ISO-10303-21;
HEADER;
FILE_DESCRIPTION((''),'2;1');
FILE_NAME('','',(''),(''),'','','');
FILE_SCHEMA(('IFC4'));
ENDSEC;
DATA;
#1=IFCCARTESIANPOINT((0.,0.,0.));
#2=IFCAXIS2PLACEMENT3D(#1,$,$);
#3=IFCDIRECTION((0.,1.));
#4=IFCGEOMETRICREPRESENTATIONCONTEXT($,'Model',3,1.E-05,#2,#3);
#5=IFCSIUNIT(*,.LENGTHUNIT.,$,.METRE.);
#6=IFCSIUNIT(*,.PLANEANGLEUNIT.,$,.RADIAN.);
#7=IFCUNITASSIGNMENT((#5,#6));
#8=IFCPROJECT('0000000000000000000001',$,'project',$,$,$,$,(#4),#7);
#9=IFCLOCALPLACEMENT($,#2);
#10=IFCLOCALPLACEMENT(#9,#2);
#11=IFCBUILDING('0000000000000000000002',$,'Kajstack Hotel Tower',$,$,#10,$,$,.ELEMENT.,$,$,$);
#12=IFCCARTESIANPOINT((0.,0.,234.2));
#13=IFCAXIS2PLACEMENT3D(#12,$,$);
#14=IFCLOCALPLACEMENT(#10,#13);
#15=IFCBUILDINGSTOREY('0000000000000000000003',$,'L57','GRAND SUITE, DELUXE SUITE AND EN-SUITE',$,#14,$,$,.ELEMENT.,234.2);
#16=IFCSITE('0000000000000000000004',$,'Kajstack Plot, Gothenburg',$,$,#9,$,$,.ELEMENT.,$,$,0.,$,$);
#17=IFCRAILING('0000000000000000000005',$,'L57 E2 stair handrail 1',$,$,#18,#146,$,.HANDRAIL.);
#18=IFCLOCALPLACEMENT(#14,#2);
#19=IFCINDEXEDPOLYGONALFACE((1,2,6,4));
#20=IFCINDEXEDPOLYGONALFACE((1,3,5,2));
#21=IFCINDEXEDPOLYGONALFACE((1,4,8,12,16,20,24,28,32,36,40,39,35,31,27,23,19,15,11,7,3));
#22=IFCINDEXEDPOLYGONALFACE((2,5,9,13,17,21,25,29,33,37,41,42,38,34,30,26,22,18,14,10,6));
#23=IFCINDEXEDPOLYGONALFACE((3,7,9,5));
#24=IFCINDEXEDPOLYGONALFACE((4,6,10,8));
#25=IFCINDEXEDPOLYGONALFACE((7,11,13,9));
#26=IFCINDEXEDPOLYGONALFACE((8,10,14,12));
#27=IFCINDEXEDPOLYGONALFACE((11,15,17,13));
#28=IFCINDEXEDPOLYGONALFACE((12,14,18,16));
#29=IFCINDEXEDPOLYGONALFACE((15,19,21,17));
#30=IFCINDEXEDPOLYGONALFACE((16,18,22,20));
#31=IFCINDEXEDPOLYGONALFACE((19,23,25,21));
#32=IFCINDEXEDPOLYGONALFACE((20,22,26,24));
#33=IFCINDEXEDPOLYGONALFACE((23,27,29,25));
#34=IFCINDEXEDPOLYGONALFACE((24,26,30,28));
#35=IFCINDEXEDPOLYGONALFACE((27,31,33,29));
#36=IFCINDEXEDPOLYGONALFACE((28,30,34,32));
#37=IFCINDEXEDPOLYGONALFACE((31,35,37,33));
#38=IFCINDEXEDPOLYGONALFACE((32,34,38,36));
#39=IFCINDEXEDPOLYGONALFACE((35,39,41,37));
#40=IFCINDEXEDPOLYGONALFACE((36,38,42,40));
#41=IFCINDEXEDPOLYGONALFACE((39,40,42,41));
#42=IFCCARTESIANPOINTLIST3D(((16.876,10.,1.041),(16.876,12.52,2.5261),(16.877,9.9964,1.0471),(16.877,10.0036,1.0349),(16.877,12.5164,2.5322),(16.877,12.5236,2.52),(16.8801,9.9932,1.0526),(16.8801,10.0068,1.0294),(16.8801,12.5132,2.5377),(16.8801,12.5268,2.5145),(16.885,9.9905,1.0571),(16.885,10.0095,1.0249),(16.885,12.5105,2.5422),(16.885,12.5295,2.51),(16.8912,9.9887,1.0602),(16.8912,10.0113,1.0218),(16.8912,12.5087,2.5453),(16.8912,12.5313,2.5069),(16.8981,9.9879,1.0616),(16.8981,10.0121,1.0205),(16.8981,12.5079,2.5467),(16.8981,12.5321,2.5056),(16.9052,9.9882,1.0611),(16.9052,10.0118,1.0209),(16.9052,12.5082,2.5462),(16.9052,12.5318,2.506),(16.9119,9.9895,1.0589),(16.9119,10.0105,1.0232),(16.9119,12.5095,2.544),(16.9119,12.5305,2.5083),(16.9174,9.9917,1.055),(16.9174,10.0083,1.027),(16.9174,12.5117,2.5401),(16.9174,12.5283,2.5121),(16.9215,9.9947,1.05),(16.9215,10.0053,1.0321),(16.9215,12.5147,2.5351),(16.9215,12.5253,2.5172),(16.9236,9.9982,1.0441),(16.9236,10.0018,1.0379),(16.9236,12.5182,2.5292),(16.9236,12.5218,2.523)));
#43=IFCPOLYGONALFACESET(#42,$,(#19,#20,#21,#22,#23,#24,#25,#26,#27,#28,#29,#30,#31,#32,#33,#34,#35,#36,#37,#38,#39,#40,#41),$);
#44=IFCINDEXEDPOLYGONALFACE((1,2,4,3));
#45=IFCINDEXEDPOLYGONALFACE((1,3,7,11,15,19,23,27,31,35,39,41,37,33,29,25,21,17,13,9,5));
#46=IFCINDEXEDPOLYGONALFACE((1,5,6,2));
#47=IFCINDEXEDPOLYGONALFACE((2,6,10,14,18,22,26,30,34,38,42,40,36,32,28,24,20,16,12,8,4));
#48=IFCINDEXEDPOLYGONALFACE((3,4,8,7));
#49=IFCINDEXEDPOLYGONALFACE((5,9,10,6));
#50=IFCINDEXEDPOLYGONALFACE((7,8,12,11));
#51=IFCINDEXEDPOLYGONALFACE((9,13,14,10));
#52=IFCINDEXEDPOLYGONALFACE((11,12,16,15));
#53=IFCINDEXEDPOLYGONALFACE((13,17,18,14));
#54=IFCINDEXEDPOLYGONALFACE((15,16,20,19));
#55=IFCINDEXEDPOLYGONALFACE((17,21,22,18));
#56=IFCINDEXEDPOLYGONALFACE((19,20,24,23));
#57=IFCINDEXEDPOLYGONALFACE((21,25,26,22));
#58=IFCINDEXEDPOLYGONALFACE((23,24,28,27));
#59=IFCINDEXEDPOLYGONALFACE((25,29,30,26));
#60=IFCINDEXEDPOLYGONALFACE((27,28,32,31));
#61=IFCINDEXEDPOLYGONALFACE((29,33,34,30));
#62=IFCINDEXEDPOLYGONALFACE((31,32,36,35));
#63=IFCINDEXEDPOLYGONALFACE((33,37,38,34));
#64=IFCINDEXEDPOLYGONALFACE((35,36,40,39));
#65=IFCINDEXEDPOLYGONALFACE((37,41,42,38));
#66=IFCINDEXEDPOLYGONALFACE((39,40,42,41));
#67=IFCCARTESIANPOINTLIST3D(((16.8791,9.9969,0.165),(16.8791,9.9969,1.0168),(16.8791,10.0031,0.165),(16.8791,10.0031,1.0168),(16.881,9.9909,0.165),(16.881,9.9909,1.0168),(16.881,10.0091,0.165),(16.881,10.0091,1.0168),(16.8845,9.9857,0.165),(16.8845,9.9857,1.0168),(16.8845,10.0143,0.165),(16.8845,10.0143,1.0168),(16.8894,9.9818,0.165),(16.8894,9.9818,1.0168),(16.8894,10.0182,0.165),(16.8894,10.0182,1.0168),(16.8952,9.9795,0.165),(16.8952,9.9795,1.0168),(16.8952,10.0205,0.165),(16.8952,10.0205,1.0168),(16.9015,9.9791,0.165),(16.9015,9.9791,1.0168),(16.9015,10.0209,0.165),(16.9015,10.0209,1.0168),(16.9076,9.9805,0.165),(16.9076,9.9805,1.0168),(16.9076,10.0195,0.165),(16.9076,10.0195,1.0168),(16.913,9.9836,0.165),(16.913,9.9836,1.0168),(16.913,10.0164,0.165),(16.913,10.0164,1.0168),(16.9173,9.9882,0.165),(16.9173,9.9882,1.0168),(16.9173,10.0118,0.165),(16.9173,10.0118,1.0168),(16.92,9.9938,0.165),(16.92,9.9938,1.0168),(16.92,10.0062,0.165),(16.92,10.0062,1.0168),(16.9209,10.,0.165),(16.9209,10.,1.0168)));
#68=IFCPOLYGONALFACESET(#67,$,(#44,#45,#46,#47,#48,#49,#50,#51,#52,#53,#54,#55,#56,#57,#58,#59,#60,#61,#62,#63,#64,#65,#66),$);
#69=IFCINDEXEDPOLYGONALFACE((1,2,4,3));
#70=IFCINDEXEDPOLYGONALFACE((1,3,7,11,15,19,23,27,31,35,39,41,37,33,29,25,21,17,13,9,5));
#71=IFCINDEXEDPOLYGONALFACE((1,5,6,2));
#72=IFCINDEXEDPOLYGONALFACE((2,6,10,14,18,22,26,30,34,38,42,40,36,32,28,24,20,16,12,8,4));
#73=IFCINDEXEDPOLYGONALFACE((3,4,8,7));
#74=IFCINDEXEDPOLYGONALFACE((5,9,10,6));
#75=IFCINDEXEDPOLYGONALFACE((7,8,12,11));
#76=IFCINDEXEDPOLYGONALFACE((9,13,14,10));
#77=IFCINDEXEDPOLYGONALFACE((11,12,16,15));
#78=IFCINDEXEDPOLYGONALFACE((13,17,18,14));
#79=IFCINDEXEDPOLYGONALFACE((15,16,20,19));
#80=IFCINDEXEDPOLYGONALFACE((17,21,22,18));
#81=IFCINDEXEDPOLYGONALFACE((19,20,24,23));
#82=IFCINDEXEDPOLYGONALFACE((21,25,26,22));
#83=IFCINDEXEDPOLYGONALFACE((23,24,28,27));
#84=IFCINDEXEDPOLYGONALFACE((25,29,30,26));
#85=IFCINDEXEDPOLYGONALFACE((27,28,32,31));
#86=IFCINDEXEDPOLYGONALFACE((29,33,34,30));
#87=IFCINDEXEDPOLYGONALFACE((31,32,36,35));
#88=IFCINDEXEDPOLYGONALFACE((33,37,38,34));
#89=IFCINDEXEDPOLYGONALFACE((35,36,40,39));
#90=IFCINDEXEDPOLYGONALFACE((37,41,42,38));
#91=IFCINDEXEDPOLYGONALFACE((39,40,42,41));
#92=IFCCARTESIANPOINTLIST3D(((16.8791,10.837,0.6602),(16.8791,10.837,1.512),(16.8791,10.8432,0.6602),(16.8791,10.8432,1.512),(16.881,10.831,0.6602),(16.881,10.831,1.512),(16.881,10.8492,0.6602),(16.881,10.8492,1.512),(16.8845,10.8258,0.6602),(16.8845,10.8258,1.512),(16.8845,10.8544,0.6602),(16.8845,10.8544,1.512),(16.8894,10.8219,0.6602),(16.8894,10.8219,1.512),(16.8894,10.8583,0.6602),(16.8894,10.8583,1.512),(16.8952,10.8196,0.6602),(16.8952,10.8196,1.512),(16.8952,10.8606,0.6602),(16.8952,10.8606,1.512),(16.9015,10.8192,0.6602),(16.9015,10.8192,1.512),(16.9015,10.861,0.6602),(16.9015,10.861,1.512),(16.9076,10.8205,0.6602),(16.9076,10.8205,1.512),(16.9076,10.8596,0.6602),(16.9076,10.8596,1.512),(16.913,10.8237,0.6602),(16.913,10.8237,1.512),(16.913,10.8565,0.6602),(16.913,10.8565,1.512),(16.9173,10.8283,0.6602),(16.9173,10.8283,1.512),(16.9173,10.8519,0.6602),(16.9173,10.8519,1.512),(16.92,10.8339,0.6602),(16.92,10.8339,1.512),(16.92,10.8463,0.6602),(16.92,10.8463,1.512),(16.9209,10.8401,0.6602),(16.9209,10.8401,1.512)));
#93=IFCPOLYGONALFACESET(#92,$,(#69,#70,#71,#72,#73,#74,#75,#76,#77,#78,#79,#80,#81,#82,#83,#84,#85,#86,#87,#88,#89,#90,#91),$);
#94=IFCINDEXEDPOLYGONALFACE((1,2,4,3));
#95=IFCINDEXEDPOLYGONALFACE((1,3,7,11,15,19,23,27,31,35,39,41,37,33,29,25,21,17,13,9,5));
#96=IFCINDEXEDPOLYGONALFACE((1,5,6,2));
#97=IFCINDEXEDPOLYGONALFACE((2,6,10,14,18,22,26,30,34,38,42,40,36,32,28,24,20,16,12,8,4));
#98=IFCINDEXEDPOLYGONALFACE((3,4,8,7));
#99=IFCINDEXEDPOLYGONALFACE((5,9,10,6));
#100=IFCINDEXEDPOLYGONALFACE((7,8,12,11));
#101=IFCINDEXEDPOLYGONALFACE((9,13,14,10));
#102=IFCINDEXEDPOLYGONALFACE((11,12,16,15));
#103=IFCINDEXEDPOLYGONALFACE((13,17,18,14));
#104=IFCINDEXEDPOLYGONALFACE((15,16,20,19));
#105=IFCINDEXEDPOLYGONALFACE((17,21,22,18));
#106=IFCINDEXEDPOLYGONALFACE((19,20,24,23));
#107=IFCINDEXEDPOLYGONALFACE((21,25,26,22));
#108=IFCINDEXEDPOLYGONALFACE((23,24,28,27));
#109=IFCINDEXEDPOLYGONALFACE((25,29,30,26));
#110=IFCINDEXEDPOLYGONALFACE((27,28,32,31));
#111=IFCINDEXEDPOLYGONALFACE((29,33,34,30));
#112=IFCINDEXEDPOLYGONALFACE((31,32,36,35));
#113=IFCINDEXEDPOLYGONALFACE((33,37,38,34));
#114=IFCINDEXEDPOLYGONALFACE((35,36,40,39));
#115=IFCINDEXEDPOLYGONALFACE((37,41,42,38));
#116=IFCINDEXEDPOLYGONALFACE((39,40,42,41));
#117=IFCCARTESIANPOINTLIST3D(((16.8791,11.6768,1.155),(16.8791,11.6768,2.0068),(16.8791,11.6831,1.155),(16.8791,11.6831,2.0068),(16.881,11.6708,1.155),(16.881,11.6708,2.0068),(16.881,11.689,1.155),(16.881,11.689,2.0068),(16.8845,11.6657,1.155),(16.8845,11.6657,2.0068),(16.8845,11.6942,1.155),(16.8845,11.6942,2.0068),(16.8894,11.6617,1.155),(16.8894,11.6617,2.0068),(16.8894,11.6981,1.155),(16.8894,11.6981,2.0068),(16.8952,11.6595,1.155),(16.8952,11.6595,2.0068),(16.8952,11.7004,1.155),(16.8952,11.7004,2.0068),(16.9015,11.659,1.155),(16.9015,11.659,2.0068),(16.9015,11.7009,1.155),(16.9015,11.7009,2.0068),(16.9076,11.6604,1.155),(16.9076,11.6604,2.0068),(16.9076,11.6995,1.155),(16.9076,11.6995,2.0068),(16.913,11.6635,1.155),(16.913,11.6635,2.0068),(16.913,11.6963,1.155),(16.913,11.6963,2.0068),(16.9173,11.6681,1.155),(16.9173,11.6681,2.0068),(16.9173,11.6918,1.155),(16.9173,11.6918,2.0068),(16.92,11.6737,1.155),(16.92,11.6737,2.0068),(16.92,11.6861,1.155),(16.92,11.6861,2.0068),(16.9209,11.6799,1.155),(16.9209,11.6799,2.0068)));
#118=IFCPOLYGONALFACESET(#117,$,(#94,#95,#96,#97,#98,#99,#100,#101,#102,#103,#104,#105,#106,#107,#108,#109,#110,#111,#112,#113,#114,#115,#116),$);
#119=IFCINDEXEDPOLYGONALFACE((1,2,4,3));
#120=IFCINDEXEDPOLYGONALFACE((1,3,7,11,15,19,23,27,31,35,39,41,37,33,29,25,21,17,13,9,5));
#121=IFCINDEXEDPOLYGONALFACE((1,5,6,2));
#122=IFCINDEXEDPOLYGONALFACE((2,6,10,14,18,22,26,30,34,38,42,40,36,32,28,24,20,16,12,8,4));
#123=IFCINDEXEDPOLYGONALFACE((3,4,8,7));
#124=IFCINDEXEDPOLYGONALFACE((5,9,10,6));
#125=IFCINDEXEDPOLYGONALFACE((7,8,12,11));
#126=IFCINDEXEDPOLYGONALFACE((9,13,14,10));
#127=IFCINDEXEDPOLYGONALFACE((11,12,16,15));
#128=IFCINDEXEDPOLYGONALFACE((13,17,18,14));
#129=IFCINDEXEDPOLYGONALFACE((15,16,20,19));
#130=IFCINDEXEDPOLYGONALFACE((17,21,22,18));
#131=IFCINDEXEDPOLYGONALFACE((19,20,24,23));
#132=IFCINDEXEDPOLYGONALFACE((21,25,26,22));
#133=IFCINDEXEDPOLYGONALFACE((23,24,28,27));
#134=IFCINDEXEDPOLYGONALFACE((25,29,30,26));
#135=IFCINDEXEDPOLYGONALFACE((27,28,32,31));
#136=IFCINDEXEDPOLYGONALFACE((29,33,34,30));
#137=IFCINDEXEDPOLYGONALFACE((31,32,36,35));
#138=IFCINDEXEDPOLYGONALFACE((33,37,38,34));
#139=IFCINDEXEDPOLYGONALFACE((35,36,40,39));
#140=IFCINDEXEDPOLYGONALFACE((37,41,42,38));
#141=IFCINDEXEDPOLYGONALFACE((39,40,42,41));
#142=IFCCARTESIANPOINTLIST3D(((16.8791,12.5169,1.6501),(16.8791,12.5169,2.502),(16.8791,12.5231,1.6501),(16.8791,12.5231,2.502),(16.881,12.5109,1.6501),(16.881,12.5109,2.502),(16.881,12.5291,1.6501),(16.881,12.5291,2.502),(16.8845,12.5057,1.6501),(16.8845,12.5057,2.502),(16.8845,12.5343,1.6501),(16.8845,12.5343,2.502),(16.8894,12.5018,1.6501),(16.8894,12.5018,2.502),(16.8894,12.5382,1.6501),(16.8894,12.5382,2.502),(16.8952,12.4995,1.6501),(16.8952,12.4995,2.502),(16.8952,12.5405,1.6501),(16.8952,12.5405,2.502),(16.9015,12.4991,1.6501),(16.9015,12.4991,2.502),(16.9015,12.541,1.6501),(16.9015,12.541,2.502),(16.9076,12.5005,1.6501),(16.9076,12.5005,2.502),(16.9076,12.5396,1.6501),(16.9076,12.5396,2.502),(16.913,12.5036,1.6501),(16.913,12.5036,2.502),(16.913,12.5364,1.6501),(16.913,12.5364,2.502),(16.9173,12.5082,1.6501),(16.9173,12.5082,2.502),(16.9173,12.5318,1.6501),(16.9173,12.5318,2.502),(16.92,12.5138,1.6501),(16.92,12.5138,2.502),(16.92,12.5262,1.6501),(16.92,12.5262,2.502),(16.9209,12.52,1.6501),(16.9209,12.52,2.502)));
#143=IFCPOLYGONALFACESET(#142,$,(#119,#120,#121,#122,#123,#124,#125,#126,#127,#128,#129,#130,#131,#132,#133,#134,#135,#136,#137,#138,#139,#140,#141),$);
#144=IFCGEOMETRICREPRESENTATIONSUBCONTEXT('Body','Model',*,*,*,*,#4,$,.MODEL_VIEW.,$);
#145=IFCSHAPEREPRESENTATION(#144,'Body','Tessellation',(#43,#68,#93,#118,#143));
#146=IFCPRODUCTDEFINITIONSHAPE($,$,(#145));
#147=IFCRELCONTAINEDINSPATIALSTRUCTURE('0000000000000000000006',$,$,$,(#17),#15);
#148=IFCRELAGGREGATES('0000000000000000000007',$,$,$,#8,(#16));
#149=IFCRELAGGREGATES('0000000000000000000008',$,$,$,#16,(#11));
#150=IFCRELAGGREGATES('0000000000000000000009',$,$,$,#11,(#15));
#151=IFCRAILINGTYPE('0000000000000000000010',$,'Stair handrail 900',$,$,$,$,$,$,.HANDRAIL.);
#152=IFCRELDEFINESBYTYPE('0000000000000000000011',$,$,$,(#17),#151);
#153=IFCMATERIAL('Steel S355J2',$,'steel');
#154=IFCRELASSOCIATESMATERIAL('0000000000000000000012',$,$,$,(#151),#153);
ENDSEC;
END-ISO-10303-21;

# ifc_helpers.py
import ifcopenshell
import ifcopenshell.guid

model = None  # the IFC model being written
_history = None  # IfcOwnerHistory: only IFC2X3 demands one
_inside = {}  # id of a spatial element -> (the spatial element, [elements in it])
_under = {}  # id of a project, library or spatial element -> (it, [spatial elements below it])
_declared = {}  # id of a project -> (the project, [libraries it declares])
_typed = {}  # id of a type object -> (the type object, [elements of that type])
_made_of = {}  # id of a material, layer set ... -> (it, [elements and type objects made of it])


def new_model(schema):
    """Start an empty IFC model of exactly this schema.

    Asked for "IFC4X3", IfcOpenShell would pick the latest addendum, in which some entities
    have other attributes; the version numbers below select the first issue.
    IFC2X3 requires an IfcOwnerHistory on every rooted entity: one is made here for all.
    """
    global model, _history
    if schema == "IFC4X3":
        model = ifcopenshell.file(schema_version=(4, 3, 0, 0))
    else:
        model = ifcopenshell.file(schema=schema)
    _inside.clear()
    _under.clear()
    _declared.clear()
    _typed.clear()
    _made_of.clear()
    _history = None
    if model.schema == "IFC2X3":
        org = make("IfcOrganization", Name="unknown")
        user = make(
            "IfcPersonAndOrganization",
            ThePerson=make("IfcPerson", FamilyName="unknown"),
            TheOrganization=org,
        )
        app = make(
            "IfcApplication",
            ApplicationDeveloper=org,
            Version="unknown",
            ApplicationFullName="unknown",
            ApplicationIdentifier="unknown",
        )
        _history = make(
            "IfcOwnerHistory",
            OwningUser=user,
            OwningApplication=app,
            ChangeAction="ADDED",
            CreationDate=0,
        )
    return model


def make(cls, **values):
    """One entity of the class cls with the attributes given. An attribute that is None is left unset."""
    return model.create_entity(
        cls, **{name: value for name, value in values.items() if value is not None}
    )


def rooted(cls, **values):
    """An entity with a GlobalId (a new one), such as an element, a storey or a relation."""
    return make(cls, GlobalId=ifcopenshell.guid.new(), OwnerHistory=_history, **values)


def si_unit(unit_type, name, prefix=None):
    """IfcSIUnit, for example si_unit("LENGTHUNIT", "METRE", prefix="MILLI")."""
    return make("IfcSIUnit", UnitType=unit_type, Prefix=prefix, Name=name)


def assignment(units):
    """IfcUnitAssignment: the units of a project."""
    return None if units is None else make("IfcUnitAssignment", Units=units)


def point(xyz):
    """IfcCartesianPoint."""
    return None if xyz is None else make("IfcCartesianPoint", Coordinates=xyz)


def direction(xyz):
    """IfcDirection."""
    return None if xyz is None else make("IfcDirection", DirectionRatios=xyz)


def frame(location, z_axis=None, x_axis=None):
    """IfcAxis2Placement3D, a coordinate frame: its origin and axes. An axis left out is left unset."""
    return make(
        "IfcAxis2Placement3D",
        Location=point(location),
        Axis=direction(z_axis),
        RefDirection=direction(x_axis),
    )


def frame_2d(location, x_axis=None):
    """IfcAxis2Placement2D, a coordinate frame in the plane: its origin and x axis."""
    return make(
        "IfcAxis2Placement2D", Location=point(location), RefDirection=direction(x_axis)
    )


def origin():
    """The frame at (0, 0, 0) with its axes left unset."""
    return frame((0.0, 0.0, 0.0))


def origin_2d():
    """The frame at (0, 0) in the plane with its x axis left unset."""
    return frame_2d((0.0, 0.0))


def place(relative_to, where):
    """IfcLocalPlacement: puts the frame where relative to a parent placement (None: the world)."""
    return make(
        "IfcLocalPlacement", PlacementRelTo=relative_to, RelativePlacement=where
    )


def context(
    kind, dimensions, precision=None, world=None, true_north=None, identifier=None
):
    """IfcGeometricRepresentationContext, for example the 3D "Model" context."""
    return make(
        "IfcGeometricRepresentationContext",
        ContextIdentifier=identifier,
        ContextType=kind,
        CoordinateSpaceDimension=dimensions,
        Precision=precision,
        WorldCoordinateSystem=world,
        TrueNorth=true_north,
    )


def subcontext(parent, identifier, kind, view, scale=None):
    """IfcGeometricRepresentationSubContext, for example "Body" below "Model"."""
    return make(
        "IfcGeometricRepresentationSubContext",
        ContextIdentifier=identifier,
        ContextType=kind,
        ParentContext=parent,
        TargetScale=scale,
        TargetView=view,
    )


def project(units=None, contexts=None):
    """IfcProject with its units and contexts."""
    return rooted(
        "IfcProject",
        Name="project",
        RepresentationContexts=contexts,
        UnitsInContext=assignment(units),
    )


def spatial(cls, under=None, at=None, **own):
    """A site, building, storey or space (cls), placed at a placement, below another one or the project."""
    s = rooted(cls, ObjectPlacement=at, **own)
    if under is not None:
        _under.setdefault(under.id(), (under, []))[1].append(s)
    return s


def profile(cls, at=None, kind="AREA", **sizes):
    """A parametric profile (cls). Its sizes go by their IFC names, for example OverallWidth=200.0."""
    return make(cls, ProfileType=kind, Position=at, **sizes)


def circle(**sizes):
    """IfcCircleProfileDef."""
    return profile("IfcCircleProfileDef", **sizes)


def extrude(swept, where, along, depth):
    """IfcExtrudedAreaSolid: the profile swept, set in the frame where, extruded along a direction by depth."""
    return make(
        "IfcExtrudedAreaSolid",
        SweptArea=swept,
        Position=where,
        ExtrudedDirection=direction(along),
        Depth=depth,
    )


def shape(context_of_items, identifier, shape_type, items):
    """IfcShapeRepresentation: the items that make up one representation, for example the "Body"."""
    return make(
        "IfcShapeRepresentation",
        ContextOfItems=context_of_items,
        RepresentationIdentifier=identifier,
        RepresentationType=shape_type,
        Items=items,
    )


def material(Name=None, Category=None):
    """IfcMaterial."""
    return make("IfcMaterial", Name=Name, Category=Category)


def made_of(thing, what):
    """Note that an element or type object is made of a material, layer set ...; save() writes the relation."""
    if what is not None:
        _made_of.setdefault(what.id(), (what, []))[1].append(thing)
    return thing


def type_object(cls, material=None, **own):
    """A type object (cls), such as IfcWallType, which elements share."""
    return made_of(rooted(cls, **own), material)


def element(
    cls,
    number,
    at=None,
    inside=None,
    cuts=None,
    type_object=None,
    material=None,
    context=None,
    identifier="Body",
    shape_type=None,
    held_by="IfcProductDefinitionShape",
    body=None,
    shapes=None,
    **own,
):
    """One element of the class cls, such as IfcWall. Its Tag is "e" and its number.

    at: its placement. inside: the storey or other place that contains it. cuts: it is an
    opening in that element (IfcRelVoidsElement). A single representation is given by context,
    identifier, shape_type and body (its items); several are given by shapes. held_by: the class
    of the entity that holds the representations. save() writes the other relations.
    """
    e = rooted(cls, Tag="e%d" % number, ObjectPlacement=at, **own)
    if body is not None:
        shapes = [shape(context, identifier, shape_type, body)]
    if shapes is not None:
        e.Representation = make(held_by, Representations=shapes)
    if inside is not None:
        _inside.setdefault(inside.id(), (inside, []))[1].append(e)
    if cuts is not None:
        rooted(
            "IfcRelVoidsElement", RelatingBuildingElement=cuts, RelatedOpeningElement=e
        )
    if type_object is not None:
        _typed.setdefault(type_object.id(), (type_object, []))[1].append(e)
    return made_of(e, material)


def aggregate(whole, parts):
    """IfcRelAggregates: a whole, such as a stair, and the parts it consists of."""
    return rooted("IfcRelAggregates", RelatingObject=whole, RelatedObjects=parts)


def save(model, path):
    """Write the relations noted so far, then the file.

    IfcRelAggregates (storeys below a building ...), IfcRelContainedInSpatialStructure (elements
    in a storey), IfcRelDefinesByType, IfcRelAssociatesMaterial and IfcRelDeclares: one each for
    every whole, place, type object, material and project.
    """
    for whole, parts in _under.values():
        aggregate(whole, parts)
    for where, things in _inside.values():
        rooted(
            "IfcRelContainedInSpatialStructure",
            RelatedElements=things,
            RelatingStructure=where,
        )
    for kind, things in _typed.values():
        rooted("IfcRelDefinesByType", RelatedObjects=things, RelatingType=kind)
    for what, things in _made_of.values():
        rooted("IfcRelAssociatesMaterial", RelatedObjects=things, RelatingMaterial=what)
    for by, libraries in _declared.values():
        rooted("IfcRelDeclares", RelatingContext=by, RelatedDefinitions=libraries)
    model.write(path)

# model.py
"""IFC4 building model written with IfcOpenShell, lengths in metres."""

from ifc_helpers import new_model, si_unit, direction, frame, origin, origin_2d, place, context, subcontext, project, spatial, circle, extrude, material, type_object, element, save


model = new_model("IFC4")

# Units and contexts
model_context = context("Model", 3, precision=1e-05, world=origin(), true_north=direction((0.0, 1.0)))
body_context = subcontext(model_context, "Body", "Model", "MODEL_VIEW")
ifc_project = project(units=[si_unit("LENGTHUNIT", "METRE"), si_unit("PLANEANGLEUNIT", "RADIAN")], contexts=[model_context])

# Site, building, storey
site_placement = place(None, origin())
site = spatial("IfcSite", under=ifc_project, at=site_placement, Name="Kajstack Plot, Gothenburg", CompositionType="ELEMENT", RefElevation=0.0)
building_placement = place(site_placement, origin())
building = spatial("IfcBuilding", under=site, at=building_placement, Name="Kajstack Hotel Tower", CompositionType="ELEMENT")
storey_placement = place(building_placement, frame((0.0, 0.0, 234.2)))
storey = spatial("IfcBuildingStorey", under=building, at=storey_placement, Name="L57", Description="GRAND SUITE, DELUXE SUITE AND EN-SUITE", CompositionType="ELEMENT", Elevation=234.2)

# Railing
ifc_material_1 = material(Name="Steel S355J2", Category="steel")
railing_type_1 = type_object("IfcRailingType", Name="Stair handrail 900", PredefinedType="HANDRAIL", material=ifc_material_1)
railing_1_placement = place(storey_placement, frame((16.8999, 10.0, 0.165)))
element("IfcRailing", 1, at=railing_1_placement, inside=storey, type_object=railing_type_1, Name="L57 E2 stair handrail 1", PredefinedType="HANDRAIL", context=body_context, shape_type="SweptSolid", body=[
    extrude(circle(Radius=0.0239, at=origin_2d()), frame((0.0, 0.0, 0.876), z_axis=(0.0, 0.861524, 0.507717), x_axis=(-1.0, 0.0, 0.0)), (0.0, 0.0, 1.0), 2.925),
    extrude(circle(Radius=0.021, at=origin_2d()), origin(), (0.0, 0.0, 1.0), 0.8518),
    extrude(circle(Radius=0.021, at=origin_2d()), frame((0.0, 0.8401, 0.4951)), (0.0, 0.0, 1.0), 0.8518),
    extrude(circle(Radius=0.021, at=origin_2d()), frame((0.0, 1.6799, 0.99)), (0.0, 0.0, 1.0), 0.8518),
    extrude(circle(Radius=0.021, at=origin_2d()), frame((0.0, 2.52, 1.4851)), (0.0, 0.0, 1.0), 0.8518),
])

save(model, "model.ifc")
